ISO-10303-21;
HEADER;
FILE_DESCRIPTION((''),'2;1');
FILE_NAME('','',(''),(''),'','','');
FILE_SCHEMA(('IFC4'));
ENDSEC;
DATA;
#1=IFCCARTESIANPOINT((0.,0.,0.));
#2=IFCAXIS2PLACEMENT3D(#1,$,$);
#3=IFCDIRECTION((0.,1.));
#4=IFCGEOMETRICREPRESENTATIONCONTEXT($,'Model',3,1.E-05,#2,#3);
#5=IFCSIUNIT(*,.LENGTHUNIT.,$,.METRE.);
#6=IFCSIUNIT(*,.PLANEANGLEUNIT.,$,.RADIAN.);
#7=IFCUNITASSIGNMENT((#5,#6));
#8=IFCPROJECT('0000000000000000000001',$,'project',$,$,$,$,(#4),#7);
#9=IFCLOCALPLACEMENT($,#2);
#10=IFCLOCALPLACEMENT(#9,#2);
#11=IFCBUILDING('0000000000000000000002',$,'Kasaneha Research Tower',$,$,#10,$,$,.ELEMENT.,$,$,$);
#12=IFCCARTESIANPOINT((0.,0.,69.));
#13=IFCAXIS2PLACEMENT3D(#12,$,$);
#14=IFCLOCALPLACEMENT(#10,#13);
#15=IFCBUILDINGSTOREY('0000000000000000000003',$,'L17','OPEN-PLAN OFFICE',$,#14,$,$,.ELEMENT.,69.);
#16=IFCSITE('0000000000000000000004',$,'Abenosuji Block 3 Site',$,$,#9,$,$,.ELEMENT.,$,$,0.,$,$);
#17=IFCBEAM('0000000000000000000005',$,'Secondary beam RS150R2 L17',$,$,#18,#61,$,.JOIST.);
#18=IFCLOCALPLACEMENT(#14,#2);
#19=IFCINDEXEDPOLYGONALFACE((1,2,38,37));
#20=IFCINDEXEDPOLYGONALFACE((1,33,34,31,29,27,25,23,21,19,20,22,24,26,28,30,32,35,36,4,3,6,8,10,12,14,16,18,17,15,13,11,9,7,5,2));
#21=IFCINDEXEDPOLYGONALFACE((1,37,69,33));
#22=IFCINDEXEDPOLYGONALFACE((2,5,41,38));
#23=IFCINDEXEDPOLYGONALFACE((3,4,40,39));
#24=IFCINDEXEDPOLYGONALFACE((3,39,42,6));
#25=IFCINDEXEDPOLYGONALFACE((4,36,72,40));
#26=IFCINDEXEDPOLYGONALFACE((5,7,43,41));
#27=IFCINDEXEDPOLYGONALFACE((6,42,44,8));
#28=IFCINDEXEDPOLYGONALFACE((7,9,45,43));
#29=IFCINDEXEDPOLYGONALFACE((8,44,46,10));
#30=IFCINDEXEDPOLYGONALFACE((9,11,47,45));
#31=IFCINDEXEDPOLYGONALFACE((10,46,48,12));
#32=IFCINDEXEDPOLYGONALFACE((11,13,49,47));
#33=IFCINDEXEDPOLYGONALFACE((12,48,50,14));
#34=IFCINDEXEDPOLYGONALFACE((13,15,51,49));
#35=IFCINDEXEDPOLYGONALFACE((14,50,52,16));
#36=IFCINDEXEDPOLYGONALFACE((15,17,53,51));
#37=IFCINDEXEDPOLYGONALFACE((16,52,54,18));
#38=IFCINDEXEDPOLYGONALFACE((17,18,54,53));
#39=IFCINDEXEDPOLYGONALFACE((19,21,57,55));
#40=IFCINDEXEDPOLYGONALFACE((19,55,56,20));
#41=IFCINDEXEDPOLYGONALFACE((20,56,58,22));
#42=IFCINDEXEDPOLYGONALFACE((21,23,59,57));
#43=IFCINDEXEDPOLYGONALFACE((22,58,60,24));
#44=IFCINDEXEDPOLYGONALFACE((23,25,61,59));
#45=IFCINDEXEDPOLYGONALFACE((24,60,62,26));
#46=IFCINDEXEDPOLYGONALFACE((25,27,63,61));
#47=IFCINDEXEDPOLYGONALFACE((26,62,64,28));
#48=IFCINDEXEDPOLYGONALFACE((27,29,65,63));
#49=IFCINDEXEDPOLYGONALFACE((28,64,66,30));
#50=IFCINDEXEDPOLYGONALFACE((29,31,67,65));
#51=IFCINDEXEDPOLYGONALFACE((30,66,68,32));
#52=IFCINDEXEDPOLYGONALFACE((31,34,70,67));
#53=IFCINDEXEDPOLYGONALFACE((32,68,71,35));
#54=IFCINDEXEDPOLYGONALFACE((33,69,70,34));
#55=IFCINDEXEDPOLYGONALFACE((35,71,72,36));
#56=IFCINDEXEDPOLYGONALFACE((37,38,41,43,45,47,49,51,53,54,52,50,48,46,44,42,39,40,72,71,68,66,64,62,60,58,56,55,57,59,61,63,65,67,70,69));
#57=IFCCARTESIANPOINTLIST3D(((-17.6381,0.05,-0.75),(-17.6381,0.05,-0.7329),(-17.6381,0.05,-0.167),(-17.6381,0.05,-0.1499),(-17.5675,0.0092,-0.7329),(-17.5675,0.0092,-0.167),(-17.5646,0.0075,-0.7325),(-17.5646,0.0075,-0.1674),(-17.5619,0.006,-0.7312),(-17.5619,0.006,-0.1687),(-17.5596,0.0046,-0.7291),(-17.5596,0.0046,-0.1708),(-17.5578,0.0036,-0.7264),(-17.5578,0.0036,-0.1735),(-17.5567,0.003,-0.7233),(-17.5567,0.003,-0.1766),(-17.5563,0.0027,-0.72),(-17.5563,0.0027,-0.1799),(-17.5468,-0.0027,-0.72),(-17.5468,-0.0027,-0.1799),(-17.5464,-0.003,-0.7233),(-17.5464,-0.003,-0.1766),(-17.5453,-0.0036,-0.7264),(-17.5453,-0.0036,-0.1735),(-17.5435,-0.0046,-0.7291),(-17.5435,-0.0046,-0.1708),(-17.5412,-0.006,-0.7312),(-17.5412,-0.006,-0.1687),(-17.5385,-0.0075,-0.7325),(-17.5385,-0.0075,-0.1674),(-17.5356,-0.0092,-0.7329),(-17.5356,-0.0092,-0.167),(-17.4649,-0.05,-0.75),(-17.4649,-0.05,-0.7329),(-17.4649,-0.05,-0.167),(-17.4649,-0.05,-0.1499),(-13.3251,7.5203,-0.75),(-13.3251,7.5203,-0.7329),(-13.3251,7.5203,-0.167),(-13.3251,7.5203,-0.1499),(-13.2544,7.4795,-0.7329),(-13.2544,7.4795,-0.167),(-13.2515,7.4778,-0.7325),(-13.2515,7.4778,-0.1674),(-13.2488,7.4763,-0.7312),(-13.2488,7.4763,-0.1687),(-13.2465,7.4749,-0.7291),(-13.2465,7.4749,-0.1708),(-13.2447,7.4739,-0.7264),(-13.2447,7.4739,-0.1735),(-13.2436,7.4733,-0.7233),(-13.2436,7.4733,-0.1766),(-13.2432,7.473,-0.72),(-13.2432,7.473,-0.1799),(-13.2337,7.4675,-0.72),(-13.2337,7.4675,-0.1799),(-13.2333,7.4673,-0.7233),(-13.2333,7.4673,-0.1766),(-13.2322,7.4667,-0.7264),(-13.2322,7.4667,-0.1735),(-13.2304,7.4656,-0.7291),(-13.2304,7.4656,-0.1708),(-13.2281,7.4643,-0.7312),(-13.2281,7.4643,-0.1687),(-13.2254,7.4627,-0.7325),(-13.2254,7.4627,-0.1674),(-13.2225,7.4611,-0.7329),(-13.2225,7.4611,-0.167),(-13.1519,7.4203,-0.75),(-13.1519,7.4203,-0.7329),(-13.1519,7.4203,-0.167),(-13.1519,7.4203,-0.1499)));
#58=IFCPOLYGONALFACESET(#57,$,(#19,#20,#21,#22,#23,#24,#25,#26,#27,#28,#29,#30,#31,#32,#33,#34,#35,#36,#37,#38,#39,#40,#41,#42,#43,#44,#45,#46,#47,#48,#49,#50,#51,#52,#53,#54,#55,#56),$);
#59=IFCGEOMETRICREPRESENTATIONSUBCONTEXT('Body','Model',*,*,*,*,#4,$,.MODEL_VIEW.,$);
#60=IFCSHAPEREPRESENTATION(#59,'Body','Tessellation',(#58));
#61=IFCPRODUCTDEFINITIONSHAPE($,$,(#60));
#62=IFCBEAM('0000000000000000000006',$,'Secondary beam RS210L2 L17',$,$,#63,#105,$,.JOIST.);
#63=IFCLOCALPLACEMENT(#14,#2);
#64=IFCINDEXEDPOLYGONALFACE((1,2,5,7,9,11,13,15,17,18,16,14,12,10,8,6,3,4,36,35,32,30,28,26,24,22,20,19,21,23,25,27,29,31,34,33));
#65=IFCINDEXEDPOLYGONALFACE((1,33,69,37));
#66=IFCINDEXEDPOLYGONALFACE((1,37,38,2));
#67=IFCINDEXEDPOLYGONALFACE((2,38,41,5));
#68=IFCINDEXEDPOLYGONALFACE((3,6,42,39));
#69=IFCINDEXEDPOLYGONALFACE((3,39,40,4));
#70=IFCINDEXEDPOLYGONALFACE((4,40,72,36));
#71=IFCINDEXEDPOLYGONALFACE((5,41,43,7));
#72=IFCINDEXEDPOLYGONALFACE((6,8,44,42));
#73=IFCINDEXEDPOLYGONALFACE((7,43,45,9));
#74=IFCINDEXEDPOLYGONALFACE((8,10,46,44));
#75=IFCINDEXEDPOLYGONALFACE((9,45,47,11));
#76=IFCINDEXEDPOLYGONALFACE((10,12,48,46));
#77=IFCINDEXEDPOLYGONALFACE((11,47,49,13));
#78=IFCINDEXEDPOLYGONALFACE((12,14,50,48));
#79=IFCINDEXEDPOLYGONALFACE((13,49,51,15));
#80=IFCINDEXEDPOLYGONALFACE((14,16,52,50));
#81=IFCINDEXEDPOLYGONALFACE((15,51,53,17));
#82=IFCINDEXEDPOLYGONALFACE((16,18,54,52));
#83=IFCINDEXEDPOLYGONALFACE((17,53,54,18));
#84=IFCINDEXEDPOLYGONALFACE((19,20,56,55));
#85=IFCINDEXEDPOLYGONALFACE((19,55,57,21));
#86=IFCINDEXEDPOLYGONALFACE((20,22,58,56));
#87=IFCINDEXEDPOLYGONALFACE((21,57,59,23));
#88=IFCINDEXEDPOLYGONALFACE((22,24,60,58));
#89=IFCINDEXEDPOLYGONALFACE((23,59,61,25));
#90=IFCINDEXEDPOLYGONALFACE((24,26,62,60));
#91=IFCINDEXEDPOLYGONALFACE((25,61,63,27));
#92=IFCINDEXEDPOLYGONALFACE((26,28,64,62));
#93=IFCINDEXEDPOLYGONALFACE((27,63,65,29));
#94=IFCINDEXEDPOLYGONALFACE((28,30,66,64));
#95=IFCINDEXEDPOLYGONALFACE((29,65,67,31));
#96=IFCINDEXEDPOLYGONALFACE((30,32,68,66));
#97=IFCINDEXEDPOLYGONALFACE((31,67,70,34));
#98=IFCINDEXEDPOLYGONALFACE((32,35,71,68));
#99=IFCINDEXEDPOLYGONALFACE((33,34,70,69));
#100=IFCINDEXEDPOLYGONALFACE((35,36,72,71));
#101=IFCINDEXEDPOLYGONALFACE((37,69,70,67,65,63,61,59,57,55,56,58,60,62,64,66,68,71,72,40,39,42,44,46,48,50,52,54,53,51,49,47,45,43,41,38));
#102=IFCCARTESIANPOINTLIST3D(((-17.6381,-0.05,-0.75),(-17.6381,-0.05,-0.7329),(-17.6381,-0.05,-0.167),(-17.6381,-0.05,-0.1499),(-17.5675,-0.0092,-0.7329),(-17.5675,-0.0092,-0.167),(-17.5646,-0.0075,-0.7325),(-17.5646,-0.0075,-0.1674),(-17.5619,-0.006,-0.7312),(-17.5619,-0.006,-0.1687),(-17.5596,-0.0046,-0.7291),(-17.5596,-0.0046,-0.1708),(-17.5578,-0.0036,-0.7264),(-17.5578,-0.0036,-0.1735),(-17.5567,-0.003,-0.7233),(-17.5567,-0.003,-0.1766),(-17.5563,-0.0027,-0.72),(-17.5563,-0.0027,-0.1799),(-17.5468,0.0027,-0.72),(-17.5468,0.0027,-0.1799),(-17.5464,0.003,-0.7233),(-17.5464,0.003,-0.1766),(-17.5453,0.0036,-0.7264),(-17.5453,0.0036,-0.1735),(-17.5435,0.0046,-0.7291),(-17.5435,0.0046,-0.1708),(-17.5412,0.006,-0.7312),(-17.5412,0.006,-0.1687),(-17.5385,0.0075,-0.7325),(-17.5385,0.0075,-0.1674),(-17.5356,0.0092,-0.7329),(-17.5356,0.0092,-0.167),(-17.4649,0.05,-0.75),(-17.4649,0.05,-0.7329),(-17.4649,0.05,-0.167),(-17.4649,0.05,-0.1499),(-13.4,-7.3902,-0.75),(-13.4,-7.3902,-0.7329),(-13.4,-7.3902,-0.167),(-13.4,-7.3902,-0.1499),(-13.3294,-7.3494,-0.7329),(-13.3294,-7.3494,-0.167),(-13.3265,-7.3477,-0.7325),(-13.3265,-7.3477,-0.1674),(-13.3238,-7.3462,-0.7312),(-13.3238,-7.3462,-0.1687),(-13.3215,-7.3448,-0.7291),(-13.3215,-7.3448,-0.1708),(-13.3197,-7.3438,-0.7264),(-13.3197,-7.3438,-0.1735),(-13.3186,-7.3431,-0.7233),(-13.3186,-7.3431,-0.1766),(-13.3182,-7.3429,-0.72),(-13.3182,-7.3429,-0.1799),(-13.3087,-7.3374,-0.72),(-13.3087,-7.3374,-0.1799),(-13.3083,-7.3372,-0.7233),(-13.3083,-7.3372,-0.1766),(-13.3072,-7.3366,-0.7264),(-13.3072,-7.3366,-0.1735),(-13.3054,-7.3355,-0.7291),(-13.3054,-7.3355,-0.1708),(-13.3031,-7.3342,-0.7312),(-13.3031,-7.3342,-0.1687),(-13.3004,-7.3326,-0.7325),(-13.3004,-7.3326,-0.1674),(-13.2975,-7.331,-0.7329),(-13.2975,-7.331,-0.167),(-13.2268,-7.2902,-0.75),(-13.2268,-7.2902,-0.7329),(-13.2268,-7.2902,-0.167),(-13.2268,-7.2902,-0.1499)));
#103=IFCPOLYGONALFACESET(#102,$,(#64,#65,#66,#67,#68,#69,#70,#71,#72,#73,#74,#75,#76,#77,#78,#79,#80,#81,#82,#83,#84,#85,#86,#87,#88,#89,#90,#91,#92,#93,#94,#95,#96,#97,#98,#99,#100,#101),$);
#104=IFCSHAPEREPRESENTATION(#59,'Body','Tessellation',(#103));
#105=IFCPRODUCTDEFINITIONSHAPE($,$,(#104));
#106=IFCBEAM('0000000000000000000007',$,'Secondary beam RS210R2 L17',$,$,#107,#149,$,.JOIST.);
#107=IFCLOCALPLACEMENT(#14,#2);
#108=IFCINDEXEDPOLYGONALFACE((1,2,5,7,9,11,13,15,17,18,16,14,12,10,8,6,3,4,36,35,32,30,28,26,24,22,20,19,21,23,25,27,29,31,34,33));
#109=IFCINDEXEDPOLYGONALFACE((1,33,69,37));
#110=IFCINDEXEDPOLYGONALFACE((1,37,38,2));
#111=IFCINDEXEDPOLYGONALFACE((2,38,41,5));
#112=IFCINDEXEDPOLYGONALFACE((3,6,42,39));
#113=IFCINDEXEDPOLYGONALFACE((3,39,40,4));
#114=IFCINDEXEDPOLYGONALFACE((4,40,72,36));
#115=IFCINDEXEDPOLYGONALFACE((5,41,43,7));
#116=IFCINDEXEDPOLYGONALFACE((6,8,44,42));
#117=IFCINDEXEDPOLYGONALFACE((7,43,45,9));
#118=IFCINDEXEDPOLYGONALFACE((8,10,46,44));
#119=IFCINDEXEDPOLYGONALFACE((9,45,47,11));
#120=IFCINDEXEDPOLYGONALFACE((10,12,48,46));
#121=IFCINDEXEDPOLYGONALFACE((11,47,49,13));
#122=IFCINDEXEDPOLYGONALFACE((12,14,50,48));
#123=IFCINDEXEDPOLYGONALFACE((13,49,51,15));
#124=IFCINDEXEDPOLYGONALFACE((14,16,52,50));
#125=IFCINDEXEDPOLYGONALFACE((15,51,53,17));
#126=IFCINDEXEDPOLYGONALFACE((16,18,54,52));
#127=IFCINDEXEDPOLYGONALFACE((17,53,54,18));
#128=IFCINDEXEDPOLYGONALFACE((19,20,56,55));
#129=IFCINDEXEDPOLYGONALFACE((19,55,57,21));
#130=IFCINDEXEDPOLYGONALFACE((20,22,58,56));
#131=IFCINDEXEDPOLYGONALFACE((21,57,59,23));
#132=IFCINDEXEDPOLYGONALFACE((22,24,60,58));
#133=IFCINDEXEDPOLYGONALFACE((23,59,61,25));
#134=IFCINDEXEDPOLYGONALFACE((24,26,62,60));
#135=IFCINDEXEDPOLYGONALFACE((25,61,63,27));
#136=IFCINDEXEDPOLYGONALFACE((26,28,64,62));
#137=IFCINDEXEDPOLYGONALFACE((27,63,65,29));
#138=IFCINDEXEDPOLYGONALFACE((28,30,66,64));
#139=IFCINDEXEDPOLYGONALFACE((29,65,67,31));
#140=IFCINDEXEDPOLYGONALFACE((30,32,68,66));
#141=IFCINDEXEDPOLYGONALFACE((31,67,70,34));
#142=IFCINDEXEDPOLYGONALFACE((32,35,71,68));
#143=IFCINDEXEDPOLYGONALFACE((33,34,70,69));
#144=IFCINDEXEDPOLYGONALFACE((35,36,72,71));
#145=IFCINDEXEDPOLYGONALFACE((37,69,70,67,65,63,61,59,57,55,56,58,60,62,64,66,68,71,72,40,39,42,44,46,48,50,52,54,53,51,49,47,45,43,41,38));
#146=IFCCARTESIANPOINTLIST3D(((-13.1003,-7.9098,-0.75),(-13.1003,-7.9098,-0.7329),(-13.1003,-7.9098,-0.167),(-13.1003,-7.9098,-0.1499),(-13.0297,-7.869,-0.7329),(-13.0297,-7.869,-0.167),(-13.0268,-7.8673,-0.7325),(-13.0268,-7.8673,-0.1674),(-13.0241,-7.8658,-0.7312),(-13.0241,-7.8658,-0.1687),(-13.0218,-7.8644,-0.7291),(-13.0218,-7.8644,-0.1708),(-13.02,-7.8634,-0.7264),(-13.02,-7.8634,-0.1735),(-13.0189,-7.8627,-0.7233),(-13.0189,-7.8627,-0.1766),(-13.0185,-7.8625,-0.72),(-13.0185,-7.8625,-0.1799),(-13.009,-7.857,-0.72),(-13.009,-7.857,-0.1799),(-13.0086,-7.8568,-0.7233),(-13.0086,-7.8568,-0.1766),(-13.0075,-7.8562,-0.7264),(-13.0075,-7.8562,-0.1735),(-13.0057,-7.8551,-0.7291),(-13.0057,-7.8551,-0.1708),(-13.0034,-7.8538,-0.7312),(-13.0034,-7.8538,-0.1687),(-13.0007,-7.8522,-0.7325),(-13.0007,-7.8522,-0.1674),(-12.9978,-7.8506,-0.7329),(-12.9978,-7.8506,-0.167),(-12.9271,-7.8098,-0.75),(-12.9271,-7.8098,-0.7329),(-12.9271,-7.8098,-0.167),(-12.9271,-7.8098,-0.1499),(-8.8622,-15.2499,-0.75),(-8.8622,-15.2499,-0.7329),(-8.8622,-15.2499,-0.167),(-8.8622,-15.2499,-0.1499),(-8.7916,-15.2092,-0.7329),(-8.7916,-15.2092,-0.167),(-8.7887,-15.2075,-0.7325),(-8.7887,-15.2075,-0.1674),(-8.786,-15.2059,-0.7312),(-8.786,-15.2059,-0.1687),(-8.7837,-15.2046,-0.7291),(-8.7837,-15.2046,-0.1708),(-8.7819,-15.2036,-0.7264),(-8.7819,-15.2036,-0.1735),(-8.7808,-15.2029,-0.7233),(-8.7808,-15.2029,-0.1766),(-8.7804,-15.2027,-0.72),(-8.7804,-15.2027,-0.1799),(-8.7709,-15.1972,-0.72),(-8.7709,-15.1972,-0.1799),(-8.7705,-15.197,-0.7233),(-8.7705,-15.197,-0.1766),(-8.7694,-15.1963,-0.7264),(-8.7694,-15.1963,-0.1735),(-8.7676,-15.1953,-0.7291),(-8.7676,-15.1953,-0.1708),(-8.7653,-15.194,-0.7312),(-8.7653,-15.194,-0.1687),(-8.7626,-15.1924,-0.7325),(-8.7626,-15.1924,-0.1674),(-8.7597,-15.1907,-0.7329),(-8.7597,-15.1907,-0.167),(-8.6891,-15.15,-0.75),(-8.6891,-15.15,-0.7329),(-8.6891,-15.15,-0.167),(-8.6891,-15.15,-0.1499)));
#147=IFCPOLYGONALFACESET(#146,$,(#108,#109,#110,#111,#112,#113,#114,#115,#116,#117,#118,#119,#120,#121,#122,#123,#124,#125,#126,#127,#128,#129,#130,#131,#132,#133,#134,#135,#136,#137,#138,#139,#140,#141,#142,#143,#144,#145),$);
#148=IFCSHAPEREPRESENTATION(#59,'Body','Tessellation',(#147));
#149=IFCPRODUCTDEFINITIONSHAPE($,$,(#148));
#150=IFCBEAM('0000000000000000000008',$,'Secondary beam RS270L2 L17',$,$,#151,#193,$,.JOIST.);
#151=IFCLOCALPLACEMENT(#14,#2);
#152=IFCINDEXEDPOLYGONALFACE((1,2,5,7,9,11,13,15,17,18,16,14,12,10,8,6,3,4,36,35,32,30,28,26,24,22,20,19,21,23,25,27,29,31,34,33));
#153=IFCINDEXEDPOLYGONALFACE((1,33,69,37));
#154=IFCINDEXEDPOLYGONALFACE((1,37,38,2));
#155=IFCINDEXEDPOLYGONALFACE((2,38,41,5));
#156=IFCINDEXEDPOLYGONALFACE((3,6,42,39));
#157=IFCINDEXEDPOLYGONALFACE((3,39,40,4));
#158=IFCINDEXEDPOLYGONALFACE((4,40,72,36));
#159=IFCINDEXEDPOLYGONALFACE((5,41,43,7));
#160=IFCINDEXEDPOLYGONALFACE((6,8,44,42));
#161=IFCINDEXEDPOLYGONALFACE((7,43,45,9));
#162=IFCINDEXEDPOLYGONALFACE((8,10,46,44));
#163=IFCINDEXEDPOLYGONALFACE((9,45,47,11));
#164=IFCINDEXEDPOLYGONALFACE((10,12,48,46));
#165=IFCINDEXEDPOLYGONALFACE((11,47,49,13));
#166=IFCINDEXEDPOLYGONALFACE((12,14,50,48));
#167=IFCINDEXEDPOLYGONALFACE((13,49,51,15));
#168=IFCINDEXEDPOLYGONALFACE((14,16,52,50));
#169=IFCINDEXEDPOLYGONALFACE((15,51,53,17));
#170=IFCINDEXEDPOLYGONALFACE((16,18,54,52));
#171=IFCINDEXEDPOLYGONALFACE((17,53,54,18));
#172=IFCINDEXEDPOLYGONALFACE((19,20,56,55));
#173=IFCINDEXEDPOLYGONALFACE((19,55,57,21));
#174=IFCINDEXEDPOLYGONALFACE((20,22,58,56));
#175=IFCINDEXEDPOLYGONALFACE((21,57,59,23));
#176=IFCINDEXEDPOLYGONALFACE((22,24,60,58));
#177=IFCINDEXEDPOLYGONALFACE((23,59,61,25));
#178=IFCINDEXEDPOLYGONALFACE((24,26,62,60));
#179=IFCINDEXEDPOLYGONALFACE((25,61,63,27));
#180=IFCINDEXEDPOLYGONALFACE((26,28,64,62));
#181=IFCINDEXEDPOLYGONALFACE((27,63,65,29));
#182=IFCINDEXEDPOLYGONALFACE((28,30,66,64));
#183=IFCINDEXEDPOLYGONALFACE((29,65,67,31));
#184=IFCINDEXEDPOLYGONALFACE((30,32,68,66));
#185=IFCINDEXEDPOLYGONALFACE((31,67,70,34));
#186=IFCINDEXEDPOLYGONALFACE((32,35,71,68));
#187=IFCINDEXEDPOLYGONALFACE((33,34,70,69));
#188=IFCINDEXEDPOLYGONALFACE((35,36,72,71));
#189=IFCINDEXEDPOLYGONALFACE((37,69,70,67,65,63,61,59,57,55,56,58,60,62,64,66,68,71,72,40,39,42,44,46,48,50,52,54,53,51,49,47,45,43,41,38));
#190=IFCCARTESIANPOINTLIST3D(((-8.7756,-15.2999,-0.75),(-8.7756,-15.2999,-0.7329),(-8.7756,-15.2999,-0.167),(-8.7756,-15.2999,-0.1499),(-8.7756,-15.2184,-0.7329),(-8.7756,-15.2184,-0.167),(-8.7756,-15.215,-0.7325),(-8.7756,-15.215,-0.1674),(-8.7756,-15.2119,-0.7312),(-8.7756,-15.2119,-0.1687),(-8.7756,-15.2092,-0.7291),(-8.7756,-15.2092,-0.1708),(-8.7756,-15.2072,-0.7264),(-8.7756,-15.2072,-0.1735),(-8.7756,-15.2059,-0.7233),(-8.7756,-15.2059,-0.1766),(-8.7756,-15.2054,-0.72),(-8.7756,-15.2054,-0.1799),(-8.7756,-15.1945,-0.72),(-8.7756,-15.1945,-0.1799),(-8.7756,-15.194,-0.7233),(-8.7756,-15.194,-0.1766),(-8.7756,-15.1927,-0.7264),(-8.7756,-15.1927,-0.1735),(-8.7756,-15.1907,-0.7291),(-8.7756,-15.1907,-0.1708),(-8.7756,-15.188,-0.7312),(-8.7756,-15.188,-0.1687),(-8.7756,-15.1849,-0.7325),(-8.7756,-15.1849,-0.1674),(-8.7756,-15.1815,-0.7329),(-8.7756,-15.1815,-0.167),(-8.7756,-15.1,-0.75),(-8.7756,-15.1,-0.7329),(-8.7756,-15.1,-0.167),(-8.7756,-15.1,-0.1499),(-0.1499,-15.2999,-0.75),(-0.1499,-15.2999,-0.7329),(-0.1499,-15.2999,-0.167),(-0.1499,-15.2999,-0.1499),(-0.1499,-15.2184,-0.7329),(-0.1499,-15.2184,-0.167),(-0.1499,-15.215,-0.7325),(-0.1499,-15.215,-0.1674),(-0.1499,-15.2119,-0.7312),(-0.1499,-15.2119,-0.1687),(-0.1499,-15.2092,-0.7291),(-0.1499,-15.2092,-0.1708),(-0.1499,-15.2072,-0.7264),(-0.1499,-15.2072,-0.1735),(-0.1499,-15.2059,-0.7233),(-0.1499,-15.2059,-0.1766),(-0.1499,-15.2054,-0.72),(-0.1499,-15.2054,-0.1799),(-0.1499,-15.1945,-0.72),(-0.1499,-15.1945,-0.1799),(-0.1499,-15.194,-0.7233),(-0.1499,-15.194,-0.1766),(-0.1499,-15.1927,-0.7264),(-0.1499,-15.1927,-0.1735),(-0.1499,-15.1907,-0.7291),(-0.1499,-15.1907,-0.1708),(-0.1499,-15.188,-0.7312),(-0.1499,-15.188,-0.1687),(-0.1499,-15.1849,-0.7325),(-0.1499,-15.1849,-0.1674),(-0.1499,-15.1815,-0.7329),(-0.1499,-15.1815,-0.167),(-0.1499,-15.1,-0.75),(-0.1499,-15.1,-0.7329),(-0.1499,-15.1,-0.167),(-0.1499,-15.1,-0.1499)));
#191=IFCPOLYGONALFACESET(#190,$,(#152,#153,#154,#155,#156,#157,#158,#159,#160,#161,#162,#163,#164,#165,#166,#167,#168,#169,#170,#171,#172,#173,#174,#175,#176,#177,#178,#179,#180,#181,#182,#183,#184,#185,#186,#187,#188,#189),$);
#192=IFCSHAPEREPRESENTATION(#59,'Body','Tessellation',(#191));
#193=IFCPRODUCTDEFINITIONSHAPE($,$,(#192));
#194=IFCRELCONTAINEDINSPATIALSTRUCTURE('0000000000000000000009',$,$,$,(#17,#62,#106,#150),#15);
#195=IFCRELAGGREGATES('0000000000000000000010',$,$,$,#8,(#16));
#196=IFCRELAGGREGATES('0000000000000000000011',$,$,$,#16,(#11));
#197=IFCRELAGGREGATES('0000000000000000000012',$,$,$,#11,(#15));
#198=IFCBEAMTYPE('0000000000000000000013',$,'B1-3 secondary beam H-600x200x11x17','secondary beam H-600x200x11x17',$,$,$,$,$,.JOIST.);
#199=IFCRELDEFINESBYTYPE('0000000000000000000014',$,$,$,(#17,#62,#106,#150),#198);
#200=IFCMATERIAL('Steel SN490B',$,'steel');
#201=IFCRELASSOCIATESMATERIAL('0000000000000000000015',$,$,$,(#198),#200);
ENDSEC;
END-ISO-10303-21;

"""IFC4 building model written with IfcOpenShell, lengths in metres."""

from ifc_helpers import new_model, si_unit, direction, frame, origin, origin_2d, place, context, subcontext, project, spatial, i_section, extrude, material, material_profile, profile_set, type_object, element, save


model = new_model("IFC4")

# Units and contexts
model_context = context("Model", 3, precision=1e-05, world=origin(), true_north=direction((0.0, 1.0)))
body_context = subcontext(model_context, "Body", "Model", "MODEL_VIEW")
ifc_project = project(units=[si_unit("LENGTHUNIT", "METRE"), si_unit("PLANEANGLEUNIT", "RADIAN")], contexts=[model_context])

# Site, building, storey
site_placement = place(None, origin())
site = spatial("IfcSite", under=ifc_project, at=site_placement, Name="Abenosuji Block 3 Site", CompositionType="ELEMENT", RefElevation=0.0)
building_placement = place(site_placement, origin())
building = spatial("IfcBuilding", under=site, at=building_placement, Name="Kasaneha Research Tower", CompositionType="ELEMENT")
storey_placement = place(building_placement, frame((0.0, 0.0, 69.0)))
storey = spatial("IfcBuildingStorey", under=building, at=storey_placement, Name="L17", Description="OPEN-PLAN OFFICE", CompositionType="ELEMENT", Elevation=69.0)

# Beams
ifc_material_1 = material(Name="Steel SN490B", Category="steel")
ifc_material_profile = material_profile(ifc_material_1, i_section(OverallWidth=0.2, OverallDepth=0.6001, WebThickness=0.011, FlangeThickness=0.0171, FilletRadius=0.0129, at=origin_2d()), Name="H-600x200x11x17")
ifc_profile_set = profile_set([ifc_material_profile], Name="Steel SN490B")
beam_type = type_object("IfcBeamType", Name="B1-3 secondary beam H-600x200x11x17", Description="secondary beam H-600x200x11x17", PredefinedType="JOIST", material=ifc_profile_set)
beam_1_placement = place(storey_placement, frame((-17.5515, 0.0, -0.45), z_axis=(0.500005, 0.866023, 0.0), x_axis=(-0.866023, 0.500005, 0.0)))
element("IfcBeam", 1, at=beam_1_placement, inside=storey, type_object=beam_type, Name="Secondary beam RS150R2 L17", PredefinedType="JOIST", context=body_context, shape_type="SweptSolid", body=[
    extrude(i_section(OverallWidth=0.2, OverallDepth=0.6001, WebThickness=0.011, FlangeThickness=0.0171, FilletRadius=0.0129, at=origin_2d()), origin(), (0.0, 0.0, 1.0), 8.626),
])
for number, where, z_axis, x_axis, name in (
    (2, (-17.5515, 0.0, -0.45), (0.500021, -0.866013, 0.0), (0.866013, 0.500021, 0.0), "Secondary beam RS210L2 L17"),
    (3, (-8.7756, -15.2, -0.45), (-0.500021, 0.866013, 0.0), (-0.866013, -0.500021, 0.0), "Secondary beam RS210R2 L17"),
):
    element("IfcBeam", number, at=place(storey_placement, frame(where, z_axis=z_axis, x_axis=x_axis)), inside=storey, type_object=beam_type, Name=name, PredefinedType="JOIST", context=body_context, shape_type="SweptSolid", body=[
        extrude(i_section(OverallWidth=0.2, OverallDepth=0.6001, WebThickness=0.011, FlangeThickness=0.0171, FilletRadius=0.0129, at=origin_2d()), origin(), (0.0, 0.0, 1.0), 8.4758),
    ])
beam_2_placement = place(storey_placement, frame((-8.7756, -15.2, -0.45), z_axis=(1.0, 0.0, 0.0), x_axis=(0.0, 1.0, 0.0)))
element("IfcBeam", 4, at=beam_2_placement, inside=storey, type_object=beam_type, Name="Secondary beam RS270L2 L17", PredefinedType="JOIST", context=body_context, shape_type="SweptSolid", body=[
    extrude(i_section(OverallWidth=0.2, OverallDepth=0.6001, WebThickness=0.011, FlangeThickness=0.0171, FilletRadius=0.0129, at=origin_2d()), origin(), (0.0, 0.0, 1.0), 8.6257),
])

save(model, "model.ifc")
